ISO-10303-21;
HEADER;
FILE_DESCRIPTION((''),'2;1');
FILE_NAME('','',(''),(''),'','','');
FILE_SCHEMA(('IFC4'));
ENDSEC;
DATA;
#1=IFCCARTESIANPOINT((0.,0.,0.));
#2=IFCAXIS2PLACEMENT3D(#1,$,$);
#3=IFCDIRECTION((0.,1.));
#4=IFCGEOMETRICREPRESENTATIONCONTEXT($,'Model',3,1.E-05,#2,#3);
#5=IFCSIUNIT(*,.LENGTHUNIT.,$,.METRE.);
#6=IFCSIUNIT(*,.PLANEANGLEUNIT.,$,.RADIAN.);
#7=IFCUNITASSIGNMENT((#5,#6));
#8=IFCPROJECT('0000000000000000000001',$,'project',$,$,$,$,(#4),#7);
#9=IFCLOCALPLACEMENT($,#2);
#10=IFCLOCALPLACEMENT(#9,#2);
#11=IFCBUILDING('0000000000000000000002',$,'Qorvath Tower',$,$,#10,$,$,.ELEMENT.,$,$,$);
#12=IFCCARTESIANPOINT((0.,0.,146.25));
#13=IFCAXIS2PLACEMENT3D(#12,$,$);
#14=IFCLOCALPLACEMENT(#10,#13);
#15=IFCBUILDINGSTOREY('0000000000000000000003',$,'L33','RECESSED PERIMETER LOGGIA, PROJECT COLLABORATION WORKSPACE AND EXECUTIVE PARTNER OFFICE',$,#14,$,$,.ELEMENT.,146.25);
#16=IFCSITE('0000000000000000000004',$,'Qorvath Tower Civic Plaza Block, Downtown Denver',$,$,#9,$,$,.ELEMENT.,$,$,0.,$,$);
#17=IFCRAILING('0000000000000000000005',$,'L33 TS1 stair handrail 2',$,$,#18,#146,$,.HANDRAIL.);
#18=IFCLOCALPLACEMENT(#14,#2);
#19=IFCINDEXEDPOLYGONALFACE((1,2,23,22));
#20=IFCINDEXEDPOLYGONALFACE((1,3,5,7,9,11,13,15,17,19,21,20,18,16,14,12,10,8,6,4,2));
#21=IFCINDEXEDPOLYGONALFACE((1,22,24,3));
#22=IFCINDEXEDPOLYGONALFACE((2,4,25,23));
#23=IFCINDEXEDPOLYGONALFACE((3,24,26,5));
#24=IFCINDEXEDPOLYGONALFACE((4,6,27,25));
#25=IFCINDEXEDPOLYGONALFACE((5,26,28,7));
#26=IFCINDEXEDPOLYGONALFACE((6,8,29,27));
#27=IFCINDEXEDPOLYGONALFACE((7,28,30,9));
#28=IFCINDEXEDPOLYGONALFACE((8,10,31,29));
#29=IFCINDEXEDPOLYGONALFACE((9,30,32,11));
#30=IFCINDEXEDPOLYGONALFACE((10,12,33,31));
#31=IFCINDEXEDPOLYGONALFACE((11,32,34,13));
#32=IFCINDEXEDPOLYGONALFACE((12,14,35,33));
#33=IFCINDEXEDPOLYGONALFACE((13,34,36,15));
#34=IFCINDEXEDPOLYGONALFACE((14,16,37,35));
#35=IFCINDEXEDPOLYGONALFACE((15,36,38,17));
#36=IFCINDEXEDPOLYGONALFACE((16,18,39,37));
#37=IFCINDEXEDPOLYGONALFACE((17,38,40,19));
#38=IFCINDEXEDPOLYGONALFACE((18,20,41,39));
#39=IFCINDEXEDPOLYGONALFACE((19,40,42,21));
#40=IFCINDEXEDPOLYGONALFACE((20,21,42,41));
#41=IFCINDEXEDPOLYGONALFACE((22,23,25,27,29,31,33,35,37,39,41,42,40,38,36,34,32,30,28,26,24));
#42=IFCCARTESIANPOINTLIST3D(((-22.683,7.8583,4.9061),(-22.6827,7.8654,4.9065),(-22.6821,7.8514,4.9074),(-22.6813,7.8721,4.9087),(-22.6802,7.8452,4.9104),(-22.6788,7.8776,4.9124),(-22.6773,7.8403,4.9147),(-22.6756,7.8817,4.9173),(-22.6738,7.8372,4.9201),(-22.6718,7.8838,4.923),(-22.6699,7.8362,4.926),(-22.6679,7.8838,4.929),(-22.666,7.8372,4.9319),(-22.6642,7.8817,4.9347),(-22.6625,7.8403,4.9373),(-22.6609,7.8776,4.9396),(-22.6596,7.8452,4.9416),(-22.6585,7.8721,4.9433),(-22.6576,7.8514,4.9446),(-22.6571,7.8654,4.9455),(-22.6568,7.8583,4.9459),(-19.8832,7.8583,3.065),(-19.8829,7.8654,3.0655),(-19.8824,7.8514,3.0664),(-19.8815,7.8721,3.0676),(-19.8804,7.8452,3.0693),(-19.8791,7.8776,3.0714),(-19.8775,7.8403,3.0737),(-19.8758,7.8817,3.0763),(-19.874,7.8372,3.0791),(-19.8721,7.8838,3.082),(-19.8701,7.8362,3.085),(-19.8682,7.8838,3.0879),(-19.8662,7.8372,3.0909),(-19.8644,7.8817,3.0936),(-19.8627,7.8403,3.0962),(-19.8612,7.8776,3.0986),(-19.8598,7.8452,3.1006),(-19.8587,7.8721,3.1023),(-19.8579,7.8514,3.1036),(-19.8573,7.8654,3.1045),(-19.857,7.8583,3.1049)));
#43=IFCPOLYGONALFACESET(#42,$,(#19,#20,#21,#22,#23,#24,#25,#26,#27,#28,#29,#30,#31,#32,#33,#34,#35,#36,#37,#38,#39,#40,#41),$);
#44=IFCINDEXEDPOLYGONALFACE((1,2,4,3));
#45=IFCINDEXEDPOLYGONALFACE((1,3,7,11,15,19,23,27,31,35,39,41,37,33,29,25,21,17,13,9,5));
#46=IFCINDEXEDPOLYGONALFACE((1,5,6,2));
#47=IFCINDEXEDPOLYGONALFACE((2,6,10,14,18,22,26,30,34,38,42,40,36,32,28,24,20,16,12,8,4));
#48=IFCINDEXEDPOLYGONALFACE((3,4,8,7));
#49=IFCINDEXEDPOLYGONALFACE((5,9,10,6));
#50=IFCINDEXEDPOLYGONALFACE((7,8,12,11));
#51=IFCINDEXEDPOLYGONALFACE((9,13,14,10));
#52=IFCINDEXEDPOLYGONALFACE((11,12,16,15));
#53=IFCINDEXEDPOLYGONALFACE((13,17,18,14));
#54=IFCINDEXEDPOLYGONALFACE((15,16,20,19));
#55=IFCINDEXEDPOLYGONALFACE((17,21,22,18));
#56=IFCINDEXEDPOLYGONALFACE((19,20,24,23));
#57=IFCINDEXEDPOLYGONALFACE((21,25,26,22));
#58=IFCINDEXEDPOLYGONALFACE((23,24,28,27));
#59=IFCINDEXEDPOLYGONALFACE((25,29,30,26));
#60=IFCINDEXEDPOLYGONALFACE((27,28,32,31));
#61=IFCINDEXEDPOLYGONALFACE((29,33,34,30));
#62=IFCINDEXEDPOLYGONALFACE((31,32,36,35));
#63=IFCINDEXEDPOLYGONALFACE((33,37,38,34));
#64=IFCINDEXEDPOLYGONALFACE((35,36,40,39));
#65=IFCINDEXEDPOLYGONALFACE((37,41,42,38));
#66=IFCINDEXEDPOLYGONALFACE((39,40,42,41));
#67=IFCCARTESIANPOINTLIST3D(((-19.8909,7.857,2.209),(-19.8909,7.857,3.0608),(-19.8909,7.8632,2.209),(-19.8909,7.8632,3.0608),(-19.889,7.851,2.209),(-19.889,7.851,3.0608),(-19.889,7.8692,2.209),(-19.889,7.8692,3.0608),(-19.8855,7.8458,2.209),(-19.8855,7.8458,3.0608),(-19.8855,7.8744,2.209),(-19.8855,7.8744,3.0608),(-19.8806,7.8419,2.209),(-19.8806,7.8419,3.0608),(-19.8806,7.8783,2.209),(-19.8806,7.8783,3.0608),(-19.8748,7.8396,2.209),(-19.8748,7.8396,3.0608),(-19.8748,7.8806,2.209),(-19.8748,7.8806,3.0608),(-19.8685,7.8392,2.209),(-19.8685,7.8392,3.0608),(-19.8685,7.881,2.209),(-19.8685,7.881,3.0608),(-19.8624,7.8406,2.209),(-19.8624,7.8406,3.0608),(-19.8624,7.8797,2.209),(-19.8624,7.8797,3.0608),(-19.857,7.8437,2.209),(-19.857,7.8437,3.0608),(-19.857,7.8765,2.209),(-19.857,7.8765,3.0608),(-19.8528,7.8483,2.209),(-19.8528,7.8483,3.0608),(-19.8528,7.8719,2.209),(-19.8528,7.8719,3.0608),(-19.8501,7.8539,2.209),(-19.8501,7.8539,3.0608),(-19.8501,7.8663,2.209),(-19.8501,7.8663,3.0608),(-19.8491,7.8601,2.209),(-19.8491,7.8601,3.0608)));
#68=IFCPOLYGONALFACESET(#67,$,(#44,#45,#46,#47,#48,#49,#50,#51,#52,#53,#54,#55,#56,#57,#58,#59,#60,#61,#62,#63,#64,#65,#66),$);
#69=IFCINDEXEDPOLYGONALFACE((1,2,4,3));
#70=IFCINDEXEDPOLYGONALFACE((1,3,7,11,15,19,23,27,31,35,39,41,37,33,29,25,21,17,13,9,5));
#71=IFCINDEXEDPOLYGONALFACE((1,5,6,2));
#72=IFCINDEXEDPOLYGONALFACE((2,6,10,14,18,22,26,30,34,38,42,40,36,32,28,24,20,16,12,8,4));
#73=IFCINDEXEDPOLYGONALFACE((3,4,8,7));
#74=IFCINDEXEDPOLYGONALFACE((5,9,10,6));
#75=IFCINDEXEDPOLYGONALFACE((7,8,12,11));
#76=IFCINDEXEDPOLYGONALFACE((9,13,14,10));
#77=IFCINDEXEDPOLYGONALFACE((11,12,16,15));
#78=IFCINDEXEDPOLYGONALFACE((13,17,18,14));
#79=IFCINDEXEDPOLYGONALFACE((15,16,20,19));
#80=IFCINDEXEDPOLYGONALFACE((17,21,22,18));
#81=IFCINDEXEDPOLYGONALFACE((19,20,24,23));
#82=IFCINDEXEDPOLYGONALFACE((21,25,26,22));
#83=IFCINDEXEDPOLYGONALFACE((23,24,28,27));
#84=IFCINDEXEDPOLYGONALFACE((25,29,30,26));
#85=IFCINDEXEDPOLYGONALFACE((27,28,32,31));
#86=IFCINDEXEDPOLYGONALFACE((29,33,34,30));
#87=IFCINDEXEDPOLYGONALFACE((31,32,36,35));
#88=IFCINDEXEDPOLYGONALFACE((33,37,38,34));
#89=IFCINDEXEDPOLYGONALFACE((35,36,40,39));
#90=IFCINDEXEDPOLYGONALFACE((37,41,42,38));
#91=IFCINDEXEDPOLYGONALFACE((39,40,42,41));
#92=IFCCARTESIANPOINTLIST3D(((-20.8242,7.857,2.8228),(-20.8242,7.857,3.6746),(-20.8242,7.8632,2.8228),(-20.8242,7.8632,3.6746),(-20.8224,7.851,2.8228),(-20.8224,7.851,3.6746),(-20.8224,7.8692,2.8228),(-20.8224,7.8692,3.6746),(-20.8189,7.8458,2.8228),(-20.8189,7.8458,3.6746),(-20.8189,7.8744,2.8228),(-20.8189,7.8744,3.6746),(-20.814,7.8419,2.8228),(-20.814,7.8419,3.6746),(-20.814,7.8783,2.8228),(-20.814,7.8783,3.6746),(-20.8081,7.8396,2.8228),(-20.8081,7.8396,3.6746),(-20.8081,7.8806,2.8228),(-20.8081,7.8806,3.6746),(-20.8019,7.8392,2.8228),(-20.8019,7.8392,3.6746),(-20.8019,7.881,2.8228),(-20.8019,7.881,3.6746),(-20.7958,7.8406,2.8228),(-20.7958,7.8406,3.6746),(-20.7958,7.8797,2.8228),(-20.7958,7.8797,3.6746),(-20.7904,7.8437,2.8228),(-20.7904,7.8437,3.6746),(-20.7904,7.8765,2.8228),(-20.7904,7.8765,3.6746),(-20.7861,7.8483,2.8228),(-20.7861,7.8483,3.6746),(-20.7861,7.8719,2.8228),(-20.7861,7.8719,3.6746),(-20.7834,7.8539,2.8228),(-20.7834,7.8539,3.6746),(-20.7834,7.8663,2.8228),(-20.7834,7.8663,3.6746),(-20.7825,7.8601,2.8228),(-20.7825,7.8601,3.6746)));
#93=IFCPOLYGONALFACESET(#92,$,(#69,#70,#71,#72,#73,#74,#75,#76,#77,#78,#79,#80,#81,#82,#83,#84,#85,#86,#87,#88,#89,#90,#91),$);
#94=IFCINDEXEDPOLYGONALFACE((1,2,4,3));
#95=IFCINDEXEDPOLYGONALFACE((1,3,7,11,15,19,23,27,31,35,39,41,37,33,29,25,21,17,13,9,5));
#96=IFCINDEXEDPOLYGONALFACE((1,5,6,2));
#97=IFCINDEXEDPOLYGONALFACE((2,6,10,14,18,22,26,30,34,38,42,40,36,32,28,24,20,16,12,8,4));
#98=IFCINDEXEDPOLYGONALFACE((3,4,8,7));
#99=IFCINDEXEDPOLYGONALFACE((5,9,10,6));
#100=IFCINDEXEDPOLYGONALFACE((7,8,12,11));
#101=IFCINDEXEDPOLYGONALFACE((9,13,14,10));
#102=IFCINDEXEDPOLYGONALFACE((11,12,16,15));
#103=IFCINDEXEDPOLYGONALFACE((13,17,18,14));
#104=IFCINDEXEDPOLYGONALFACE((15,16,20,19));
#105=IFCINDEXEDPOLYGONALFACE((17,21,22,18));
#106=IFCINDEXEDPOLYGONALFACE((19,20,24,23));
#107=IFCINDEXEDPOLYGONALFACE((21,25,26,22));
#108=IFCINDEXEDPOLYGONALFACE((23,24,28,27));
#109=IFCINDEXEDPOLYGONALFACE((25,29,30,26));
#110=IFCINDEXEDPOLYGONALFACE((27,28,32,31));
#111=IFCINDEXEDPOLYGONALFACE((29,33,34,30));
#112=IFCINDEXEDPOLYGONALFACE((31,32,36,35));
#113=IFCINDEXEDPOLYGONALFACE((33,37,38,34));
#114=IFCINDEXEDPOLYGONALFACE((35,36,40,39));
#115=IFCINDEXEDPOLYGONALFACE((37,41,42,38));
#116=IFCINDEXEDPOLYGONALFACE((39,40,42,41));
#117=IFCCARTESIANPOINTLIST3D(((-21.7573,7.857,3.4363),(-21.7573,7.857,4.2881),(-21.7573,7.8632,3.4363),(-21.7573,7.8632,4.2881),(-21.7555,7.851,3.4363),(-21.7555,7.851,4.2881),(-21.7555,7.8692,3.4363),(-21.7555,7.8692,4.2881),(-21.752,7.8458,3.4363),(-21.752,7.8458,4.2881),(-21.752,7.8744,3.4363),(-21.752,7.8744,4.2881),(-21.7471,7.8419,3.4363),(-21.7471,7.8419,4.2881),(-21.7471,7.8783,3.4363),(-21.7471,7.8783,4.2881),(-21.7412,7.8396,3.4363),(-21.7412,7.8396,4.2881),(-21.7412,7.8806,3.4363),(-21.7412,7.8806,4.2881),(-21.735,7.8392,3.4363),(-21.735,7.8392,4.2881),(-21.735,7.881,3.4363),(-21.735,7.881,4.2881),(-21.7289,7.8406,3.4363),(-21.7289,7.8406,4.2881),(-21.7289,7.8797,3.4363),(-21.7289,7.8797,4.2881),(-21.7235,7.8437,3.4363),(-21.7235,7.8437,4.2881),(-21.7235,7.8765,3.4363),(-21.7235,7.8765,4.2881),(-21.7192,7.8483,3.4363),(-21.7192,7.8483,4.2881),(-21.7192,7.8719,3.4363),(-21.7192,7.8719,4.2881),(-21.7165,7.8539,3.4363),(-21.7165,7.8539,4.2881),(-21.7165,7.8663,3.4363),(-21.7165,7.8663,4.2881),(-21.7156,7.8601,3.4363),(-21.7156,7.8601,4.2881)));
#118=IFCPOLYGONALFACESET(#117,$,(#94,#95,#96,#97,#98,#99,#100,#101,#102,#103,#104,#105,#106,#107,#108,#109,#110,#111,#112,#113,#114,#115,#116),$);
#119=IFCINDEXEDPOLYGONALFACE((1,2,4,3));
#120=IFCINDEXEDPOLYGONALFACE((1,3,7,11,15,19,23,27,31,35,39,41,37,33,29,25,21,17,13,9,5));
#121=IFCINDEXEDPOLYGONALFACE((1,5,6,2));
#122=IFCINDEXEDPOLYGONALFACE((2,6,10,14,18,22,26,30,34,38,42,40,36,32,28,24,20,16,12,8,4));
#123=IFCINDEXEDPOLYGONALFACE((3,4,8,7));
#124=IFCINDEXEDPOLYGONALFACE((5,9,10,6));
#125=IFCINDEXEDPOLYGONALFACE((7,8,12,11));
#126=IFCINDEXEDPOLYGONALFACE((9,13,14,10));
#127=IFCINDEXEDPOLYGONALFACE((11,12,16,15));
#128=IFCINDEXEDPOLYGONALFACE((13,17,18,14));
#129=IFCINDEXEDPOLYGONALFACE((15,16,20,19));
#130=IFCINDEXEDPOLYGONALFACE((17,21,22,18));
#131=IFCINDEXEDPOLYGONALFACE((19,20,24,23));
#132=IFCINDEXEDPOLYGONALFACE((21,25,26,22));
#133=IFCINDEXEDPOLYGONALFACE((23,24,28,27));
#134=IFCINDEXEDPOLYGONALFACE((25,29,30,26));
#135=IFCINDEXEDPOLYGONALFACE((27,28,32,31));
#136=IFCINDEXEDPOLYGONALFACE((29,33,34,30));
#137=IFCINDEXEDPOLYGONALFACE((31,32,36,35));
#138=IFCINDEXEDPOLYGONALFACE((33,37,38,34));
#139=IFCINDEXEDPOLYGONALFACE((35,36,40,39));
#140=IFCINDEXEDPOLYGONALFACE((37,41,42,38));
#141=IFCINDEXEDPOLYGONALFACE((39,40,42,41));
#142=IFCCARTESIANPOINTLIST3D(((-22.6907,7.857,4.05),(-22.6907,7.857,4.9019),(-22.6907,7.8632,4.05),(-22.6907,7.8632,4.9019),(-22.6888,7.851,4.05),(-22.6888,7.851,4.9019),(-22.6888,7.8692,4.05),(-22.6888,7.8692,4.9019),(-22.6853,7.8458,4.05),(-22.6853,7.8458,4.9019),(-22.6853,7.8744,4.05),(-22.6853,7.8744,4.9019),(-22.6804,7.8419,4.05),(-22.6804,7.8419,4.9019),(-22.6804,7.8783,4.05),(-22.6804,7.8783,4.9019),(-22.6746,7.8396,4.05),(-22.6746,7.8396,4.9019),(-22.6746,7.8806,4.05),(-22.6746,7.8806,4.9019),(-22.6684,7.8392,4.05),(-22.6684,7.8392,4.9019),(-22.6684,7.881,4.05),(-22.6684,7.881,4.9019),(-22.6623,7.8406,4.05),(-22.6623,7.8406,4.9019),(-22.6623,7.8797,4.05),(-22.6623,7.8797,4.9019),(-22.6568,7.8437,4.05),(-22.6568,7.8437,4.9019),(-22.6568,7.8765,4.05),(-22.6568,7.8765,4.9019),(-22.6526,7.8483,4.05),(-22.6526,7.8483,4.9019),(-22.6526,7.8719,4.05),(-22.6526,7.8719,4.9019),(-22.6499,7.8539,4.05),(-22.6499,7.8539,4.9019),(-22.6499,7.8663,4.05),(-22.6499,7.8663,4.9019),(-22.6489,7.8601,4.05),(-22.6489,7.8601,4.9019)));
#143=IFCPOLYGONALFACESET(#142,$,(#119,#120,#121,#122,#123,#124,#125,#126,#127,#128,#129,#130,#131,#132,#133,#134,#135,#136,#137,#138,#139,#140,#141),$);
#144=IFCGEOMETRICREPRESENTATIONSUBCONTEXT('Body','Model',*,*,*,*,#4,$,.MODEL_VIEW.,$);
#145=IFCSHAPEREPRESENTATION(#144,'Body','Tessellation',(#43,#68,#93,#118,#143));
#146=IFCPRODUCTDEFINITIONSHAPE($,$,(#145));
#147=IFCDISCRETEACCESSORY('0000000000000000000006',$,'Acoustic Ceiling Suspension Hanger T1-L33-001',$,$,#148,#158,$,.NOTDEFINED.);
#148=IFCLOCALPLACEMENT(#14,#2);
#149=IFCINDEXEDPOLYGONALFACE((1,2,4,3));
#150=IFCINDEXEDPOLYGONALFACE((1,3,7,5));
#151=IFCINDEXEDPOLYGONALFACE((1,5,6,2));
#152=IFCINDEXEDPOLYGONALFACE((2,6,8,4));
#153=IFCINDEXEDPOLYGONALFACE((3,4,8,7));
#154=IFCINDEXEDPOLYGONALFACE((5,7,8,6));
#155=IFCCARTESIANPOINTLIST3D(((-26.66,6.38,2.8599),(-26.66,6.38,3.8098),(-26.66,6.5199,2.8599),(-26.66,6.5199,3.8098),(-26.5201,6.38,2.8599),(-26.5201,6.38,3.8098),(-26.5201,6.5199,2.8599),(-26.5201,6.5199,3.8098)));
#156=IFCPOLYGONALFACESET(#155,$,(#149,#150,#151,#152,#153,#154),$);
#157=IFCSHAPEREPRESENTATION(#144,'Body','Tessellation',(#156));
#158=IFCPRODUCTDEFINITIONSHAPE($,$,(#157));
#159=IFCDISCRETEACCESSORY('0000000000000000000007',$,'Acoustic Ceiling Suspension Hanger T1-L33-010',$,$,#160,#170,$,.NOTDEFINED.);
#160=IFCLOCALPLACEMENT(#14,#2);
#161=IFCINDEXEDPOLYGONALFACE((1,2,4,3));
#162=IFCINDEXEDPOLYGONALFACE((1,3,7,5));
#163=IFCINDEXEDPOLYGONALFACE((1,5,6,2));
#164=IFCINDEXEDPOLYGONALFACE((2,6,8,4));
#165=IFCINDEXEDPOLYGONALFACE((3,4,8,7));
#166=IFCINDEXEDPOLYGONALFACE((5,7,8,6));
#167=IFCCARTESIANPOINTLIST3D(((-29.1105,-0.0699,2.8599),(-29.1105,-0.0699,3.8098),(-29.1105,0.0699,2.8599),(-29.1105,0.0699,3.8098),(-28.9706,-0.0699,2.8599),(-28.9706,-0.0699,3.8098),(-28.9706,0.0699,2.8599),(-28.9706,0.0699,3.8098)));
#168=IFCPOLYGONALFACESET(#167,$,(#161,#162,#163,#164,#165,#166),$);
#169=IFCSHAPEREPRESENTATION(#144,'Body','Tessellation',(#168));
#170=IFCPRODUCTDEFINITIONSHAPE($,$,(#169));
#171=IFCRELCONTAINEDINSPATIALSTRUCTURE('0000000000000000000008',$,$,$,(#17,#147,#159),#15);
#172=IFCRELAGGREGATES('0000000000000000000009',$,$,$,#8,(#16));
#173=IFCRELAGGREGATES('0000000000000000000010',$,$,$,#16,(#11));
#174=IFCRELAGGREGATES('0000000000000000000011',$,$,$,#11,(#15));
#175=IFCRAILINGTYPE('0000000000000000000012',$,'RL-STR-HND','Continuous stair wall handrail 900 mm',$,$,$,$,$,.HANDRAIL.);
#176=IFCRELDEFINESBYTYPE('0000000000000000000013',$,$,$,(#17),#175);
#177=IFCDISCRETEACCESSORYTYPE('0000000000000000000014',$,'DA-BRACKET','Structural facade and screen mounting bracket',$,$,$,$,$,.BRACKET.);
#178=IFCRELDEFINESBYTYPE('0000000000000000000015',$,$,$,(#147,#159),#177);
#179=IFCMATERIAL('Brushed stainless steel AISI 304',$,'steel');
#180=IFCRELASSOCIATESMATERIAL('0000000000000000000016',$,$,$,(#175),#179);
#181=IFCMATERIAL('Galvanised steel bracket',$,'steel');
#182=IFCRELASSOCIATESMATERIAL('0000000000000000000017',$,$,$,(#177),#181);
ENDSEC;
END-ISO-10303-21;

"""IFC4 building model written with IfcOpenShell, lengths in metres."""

from ifc_helpers import new_model, si_unit, direction, frame, origin, origin_2d, place, context, subcontext, project, spatial, rectangle, circle, extrude, material, type_object, element, save


model = new_model("IFC4")

# Units and contexts
model_context = context("Model", 3, precision=1e-05, world=origin(), true_north=direction((0.0, 1.0)))
body_context = subcontext(model_context, "Body", "Model", "MODEL_VIEW")
ifc_project = project(units=[si_unit("LENGTHUNIT", "METRE"), si_unit("PLANEANGLEUNIT", "RADIAN")], contexts=[model_context])

# Site, building, storey
site_placement = place(None, origin())
site = spatial("IfcSite", under=ifc_project, at=site_placement, Name="Qorvath Tower Civic Plaza Block, Downtown Denver", CompositionType="ELEMENT", RefElevation=0.0)
building_placement = place(site_placement, origin())
building = spatial("IfcBuilding", under=site, at=building_placement, Name="Qorvath Tower", CompositionType="ELEMENT")
storey_placement = place(building_placement, frame((0.0, 0.0, 146.25)))
storey = spatial("IfcBuildingStorey", under=building, at=storey_placement, Name="L33", Description="RECESSED PERIMETER LOGGIA, PROJECT COLLABORATION WORKSPACE AND EXECUTIVE PARTNER OFFICE", CompositionType="ELEMENT", Elevation=146.25)

# Railing
ifc_material_1 = material(Name="Brushed stainless steel AISI 304", Category="steel")
railing_type_1 = type_object("IfcRailingType", Name="RL-STR-HND", Description="Continuous stair wall handrail 900 mm", PredefinedType="HANDRAIL", material=ifc_material_1)
railing_1_placement = place(storey_placement, frame((-19.8701, 7.8601, 2.209)))
element("IfcRailing", 1, at=railing_1_placement, inside=storey, type_object=railing_type_1, Name="L33 TS1 stair handrail 2", PredefinedType="HANDRAIL", context=body_context, shape_type="SweptSolid", body=[
    extrude(circle(Radius=0.0239, at=origin_2d()), frame((0.0, 0.0, 0.876), z_axis=(-0.835542, 0.0, 0.549426), x_axis=(0.0, -1.0, 0.0)), (0.0, 0.0, 1.0), 3.3508),
    extrude(circle(Radius=0.021, at=origin_2d()), origin(), (0.0, 0.0, 1.0), 0.8518),
    extrude(circle(Radius=0.021, at=origin_2d()), frame((-0.9333, 0.0, 0.6138)), (0.0, 0.0, 1.0), 0.8518),
    extrude(circle(Radius=0.021, at=origin_2d()), frame((-1.8665, 0.0, 1.2273)), (0.0, 0.0, 1.0), 0.8518),
    extrude(circle(Radius=0.021, at=origin_2d()), frame((-2.7998, 0.0, 1.8411)), (0.0, 0.0, 1.0), 0.8518),
])

# Discrete accessories
ifc_material_2 = material(Name="Galvanised steel bracket", Category="steel")
discrete_accessory_type = type_object("IfcDiscreteAccessoryType", Name="DA-BRACKET", Description="Structural facade and screen mounting bracket", PredefinedType="BRACKET", material=ifc_material_2)
for number, where, z_axis, x_axis, name in (
    (2, (-26.5901, 6.45, 2.8599), (0.0, 0.0, 1.0), (1.0, 0.0, 0.0), "Acoustic Ceiling Suspension Hanger T1-L33-001"),
    (3, (-29.0405, 0.0, 2.8599), (0.0, 0.0, 1.0), (1.0, 0.0, 0.0), "Acoustic Ceiling Suspension Hanger T1-L33-010"),
):
    element("IfcDiscreteAccessory", number, at=place(storey_placement, frame(where, z_axis=z_axis, x_axis=x_axis)), inside=storey, type_object=discrete_accessory_type, Name=name, PredefinedType="NOTDEFINED", context=body_context, shape_type="SweptSolid", body=[
        extrude(rectangle(XDim=0.1399, YDim=0.1399, at=origin_2d()), origin(), (0.0, 0.0, 1.0), 0.95),
    ])

save(model, "model.ifc")
